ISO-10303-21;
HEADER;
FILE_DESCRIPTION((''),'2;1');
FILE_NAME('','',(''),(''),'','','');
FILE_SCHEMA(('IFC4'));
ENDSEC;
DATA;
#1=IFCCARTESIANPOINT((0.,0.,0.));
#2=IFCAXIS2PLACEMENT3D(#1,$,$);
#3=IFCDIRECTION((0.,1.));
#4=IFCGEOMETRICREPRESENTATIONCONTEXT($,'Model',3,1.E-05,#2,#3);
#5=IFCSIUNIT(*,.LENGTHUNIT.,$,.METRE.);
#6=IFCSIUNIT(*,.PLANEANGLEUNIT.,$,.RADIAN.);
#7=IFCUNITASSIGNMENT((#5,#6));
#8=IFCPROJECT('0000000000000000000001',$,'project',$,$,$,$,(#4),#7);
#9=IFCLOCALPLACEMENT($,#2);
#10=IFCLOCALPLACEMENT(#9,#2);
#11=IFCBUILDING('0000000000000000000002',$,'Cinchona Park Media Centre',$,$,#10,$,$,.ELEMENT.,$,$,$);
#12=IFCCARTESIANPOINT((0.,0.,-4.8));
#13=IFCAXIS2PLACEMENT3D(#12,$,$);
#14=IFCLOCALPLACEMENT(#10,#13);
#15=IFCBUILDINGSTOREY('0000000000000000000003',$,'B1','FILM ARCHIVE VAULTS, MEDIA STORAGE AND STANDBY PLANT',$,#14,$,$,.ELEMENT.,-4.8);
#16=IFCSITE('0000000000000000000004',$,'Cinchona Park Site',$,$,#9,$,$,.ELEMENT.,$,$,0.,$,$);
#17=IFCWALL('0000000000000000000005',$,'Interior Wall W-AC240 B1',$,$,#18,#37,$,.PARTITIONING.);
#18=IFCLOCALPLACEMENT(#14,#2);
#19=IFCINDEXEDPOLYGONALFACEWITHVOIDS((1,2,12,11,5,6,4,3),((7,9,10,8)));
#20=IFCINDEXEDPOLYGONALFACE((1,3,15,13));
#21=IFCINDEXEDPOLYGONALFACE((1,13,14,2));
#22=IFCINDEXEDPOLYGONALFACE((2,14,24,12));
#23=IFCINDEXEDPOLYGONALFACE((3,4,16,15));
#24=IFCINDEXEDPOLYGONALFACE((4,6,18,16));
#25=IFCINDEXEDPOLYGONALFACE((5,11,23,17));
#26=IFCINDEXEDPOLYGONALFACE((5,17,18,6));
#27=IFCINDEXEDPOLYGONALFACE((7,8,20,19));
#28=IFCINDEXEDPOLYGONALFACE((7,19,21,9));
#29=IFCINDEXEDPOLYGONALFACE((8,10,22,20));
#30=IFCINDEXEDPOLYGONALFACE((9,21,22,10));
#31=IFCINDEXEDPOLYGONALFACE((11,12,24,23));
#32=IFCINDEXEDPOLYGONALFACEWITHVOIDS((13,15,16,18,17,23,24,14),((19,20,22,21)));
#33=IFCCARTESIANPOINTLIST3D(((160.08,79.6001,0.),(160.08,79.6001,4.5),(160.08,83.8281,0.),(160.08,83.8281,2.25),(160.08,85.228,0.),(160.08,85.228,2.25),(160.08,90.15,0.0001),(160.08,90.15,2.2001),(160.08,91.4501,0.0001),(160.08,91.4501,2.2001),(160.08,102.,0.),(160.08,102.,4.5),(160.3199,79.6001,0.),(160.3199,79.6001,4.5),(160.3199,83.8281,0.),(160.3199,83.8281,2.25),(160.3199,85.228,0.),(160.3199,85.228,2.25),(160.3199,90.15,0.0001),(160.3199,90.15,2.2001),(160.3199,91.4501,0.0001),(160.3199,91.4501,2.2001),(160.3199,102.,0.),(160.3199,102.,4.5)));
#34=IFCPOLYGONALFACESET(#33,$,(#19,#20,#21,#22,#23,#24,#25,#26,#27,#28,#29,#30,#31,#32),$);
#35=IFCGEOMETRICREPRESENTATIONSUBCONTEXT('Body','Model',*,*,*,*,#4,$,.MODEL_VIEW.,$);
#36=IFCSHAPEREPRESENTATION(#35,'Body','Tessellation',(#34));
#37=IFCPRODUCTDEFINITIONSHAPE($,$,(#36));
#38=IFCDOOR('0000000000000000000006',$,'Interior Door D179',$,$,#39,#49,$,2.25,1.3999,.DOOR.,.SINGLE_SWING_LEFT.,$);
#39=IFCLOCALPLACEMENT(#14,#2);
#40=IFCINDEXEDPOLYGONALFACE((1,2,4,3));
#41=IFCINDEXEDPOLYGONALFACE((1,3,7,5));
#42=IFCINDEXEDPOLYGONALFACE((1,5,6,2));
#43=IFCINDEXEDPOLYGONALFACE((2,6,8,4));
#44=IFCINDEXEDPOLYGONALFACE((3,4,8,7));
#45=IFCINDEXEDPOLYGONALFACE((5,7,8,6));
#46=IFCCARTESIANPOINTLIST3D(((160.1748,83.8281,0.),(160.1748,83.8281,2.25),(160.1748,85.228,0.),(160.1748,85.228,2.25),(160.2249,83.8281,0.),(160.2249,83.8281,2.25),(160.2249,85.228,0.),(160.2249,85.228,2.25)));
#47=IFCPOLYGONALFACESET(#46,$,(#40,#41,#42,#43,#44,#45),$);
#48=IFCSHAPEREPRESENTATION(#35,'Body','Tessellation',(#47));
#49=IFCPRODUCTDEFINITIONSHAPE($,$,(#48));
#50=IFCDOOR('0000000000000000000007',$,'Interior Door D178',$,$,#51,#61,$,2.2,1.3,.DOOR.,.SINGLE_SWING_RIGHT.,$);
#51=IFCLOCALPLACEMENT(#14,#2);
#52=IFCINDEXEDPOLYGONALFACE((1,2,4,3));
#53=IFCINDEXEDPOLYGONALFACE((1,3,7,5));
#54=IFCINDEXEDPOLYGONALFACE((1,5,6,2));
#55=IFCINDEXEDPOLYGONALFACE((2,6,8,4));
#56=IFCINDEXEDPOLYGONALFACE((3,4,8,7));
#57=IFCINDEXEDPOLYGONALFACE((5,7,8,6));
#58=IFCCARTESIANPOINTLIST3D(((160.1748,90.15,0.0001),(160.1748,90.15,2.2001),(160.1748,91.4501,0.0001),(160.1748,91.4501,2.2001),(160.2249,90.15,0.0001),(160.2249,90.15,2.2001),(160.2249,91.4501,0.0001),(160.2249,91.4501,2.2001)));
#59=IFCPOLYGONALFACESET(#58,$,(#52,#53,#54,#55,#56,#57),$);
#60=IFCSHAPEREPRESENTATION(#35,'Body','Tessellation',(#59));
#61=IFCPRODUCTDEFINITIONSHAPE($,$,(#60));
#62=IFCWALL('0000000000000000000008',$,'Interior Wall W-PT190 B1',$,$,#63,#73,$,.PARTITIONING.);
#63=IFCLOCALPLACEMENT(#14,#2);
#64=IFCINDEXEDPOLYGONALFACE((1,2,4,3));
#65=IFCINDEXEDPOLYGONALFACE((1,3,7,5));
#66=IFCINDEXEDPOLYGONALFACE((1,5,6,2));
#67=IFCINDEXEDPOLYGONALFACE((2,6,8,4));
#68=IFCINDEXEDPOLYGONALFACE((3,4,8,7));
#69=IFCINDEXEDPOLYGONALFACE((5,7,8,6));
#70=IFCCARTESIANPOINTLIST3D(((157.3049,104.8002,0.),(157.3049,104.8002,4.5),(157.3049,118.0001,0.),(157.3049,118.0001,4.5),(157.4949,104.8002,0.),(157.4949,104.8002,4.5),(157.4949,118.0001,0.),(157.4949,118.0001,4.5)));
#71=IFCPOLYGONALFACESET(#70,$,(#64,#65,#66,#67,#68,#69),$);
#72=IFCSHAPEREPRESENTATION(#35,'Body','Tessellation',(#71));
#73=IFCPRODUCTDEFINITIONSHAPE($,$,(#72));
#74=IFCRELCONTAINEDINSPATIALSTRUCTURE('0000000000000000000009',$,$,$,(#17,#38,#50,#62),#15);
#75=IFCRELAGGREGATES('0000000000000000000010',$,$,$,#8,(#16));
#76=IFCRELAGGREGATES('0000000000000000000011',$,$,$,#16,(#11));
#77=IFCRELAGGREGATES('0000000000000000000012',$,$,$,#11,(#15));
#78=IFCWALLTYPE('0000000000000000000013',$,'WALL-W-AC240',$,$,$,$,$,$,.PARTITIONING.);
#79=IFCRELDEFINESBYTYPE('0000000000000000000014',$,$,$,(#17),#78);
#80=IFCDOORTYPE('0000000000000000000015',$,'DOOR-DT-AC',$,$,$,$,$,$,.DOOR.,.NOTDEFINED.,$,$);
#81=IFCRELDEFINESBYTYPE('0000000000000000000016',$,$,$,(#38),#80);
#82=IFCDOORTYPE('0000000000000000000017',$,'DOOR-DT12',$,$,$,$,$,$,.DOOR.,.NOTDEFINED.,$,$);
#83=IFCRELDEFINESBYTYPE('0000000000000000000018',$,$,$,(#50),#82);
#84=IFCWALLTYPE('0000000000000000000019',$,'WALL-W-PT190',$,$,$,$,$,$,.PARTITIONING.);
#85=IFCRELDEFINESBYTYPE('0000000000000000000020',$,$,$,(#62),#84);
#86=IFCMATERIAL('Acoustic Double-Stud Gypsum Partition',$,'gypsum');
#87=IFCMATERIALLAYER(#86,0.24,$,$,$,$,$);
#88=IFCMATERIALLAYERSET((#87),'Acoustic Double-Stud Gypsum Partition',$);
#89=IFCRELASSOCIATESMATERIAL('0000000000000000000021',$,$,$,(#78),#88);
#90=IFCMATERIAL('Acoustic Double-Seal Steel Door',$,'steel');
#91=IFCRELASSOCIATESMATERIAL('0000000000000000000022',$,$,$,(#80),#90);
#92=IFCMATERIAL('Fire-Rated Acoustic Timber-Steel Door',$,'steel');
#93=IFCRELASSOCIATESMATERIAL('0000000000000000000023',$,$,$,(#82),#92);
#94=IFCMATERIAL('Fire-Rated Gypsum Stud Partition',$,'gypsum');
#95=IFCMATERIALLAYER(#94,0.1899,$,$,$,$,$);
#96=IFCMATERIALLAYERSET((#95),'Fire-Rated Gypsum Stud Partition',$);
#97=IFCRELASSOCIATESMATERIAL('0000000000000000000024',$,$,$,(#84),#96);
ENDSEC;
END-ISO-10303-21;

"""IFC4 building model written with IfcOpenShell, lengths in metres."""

from ifc_helpers import new_model, si_unit, direction, frame, frame_2d, origin, place, context, subcontext, project, spatial, rectangle, extrude, material, layer, layer_set, type_object, element, fill, save


model = new_model("IFC4")

# Units and contexts
model_context = context("Model", 3, precision=1e-05, world=origin(), true_north=direction((0.0, 1.0)))
body_context = subcontext(model_context, "Body", "Model", "MODEL_VIEW")
ifc_project = project(units=[si_unit("LENGTHUNIT", "METRE"), si_unit("PLANEANGLEUNIT", "RADIAN")], contexts=[model_context])

# Site, building, storey
site_placement = place(None, origin())
site = spatial("IfcSite", under=ifc_project, at=site_placement, Name="Cinchona Park Site", CompositionType="ELEMENT", RefElevation=0.0)
building_placement = place(site_placement, origin())
building = spatial("IfcBuilding", under=site, at=building_placement, Name="Cinchona Park Media Centre", CompositionType="ELEMENT")
storey_placement = place(building_placement, frame((0.0, 0.0, -4.8)))
storey = spatial("IfcBuildingStorey", under=building, at=storey_placement, Name="B1", Description="FILM ARCHIVE VAULTS, MEDIA STORAGE AND STANDBY PLANT", CompositionType="ELEMENT", Elevation=-4.8)

# Shared definitions
ifc_material_1 = material(Name="Acoustic Double-Stud Gypsum Partition", Category="gypsum")
ifc_layer_1 = layer(ifc_material_1, 0.24)
ifc_layer_set_1 = layer_set([ifc_layer_1], Name="Acoustic Double-Stud Gypsum Partition")
wall_type_1 = type_object("IfcWallType", Name="WALL-W-AC240", PredefinedType="PARTITIONING", material=ifc_layer_set_1)

# Wall, openings, doors
wall_1_placement = place(storey_placement, frame((160.2, 102.0, 0.0), z_axis=(0.0, 0.0, 1.0), x_axis=(0.0, -1.0, 0.0)))
wall_1 = element("IfcWall", 1, at=wall_1_placement, inside=storey, type_object=wall_type_1, Name="Interior Wall W-AC240 B1", PredefinedType="PARTITIONING", context=body_context, shape_type="SweptSolid", body=[
    extrude(rectangle(XDim=22.3999, YDim=0.24, at=frame_2d((11.2, 0.0))), origin(), (0.0, 0.0, 1.0), 4.5),
])
opening_1_placement = place(wall_1_placement, frame((10.55, 0.0, 0.0)))
opening_1 = element("IfcOpeningElement", 2, at=opening_1_placement, cuts=wall_1, PredefinedType="OPENING", context=body_context, shape_type="SweptSolid", body=[
    extrude(rectangle(XDim=1.3, YDim=2.2, at=frame_2d((0.6499, 1.1001))), frame((0.0, 0.1299, 0.0), z_axis=(0.0, -1.0, 0.0), x_axis=(1.0, 0.0, 0.0)), (0.0, 0.0, 1.0), 0.26),
])
opening_2_placement = place(wall_1_placement, frame((16.772, 0.0, 0.0)))
opening_2 = element("IfcOpeningElement", 3, at=opening_2_placement, cuts=wall_1, PredefinedType="OPENING", context=body_context, shape_type="SweptSolid", body=[
    extrude(rectangle(XDim=1.3999, YDim=2.25, at=frame_2d((0.7, 1.125))), frame((0.0, 0.1299, 0.0), z_axis=(0.0, -1.0, 0.0), x_axis=(1.0, 0.0, 0.0)), (0.0, 0.0, 1.0), 0.26),
])
ifc_material_2 = material(Name="Acoustic Double-Seal Steel Door", Category="steel")
door_type_1 = type_object("IfcDoorType", Name="DOOR-DT-AC", OperationType="NOTDEFINED", PredefinedType="DOOR", material=ifc_material_2)
door_1_placement = place(opening_2_placement, origin())
door_1 = element("IfcDoor", 4, at=door_1_placement, inside=storey, type_object=door_type_1, Name="Interior Door D179", OperationType="SINGLE_SWING_LEFT", OverallHeight=2.25, OverallWidth=1.3999, PredefinedType="DOOR", context=body_context, shape_type="SweptSolid", body=[
    extrude(rectangle(XDim=1.3999, YDim=2.25, at=frame_2d((0.7, 1.125))), frame((0.0, 0.0249, 0.0), z_axis=(0.0, -1.0, 0.0), x_axis=(1.0, 0.0, 0.0)), (0.0, 0.0, 1.0), 0.05),
])
fill(opening_2, door_1)
ifc_material_3 = material(Name="Fire-Rated Acoustic Timber-Steel Door", Category="steel")
door_type_2 = type_object("IfcDoorType", Name="DOOR-DT12", OperationType="NOTDEFINED", PredefinedType="DOOR", material=ifc_material_3)
door_2_placement = place(opening_1_placement, origin())
door_2 = element("IfcDoor", 5, at=door_2_placement, inside=storey, type_object=door_type_2, Name="Interior Door D178", OperationType="SINGLE_SWING_RIGHT", OverallHeight=2.2, OverallWidth=1.3, PredefinedType="DOOR", context=body_context, shape_type="SweptSolid", body=[
    extrude(rectangle(XDim=1.3, YDim=2.2, at=frame_2d((0.6499, 1.1001))), frame((0.0, 0.0249, 0.0), z_axis=(0.0, -1.0, 0.0), x_axis=(1.0, 0.0, 0.0)), (0.0, 0.0, 1.0), 0.05),
])
fill(opening_1, door_2)

# Wall
ifc_material_4 = material(Name="Fire-Rated Gypsum Stud Partition", Category="gypsum")
ifc_layer_2 = layer(ifc_material_4, 0.1899)
ifc_layer_set_2 = layer_set([ifc_layer_2], Name="Fire-Rated Gypsum Stud Partition")
wall_type_2 = type_object("IfcWallType", Name="WALL-W-PT190", PredefinedType="PARTITIONING", material=ifc_layer_set_2)
wall_2_placement = place(storey_placement, frame((157.3999, 104.8, 0.0), z_axis=(0.0, 0.0, 1.0), x_axis=(0.0, 1.0, 0.0)))
element("IfcWall", 6, at=wall_2_placement, inside=storey, type_object=wall_type_2, Name="Interior Wall W-PT190 B1", PredefinedType="PARTITIONING", context=body_context, shape_type="SweptSolid", body=[
    extrude(rectangle(XDim=13.2, YDim=0.1899, at=frame_2d((6.6001, 0.0))), origin(), (0.0, 0.0, 1.0), 4.5),
])

save(model, "model.ifc")
